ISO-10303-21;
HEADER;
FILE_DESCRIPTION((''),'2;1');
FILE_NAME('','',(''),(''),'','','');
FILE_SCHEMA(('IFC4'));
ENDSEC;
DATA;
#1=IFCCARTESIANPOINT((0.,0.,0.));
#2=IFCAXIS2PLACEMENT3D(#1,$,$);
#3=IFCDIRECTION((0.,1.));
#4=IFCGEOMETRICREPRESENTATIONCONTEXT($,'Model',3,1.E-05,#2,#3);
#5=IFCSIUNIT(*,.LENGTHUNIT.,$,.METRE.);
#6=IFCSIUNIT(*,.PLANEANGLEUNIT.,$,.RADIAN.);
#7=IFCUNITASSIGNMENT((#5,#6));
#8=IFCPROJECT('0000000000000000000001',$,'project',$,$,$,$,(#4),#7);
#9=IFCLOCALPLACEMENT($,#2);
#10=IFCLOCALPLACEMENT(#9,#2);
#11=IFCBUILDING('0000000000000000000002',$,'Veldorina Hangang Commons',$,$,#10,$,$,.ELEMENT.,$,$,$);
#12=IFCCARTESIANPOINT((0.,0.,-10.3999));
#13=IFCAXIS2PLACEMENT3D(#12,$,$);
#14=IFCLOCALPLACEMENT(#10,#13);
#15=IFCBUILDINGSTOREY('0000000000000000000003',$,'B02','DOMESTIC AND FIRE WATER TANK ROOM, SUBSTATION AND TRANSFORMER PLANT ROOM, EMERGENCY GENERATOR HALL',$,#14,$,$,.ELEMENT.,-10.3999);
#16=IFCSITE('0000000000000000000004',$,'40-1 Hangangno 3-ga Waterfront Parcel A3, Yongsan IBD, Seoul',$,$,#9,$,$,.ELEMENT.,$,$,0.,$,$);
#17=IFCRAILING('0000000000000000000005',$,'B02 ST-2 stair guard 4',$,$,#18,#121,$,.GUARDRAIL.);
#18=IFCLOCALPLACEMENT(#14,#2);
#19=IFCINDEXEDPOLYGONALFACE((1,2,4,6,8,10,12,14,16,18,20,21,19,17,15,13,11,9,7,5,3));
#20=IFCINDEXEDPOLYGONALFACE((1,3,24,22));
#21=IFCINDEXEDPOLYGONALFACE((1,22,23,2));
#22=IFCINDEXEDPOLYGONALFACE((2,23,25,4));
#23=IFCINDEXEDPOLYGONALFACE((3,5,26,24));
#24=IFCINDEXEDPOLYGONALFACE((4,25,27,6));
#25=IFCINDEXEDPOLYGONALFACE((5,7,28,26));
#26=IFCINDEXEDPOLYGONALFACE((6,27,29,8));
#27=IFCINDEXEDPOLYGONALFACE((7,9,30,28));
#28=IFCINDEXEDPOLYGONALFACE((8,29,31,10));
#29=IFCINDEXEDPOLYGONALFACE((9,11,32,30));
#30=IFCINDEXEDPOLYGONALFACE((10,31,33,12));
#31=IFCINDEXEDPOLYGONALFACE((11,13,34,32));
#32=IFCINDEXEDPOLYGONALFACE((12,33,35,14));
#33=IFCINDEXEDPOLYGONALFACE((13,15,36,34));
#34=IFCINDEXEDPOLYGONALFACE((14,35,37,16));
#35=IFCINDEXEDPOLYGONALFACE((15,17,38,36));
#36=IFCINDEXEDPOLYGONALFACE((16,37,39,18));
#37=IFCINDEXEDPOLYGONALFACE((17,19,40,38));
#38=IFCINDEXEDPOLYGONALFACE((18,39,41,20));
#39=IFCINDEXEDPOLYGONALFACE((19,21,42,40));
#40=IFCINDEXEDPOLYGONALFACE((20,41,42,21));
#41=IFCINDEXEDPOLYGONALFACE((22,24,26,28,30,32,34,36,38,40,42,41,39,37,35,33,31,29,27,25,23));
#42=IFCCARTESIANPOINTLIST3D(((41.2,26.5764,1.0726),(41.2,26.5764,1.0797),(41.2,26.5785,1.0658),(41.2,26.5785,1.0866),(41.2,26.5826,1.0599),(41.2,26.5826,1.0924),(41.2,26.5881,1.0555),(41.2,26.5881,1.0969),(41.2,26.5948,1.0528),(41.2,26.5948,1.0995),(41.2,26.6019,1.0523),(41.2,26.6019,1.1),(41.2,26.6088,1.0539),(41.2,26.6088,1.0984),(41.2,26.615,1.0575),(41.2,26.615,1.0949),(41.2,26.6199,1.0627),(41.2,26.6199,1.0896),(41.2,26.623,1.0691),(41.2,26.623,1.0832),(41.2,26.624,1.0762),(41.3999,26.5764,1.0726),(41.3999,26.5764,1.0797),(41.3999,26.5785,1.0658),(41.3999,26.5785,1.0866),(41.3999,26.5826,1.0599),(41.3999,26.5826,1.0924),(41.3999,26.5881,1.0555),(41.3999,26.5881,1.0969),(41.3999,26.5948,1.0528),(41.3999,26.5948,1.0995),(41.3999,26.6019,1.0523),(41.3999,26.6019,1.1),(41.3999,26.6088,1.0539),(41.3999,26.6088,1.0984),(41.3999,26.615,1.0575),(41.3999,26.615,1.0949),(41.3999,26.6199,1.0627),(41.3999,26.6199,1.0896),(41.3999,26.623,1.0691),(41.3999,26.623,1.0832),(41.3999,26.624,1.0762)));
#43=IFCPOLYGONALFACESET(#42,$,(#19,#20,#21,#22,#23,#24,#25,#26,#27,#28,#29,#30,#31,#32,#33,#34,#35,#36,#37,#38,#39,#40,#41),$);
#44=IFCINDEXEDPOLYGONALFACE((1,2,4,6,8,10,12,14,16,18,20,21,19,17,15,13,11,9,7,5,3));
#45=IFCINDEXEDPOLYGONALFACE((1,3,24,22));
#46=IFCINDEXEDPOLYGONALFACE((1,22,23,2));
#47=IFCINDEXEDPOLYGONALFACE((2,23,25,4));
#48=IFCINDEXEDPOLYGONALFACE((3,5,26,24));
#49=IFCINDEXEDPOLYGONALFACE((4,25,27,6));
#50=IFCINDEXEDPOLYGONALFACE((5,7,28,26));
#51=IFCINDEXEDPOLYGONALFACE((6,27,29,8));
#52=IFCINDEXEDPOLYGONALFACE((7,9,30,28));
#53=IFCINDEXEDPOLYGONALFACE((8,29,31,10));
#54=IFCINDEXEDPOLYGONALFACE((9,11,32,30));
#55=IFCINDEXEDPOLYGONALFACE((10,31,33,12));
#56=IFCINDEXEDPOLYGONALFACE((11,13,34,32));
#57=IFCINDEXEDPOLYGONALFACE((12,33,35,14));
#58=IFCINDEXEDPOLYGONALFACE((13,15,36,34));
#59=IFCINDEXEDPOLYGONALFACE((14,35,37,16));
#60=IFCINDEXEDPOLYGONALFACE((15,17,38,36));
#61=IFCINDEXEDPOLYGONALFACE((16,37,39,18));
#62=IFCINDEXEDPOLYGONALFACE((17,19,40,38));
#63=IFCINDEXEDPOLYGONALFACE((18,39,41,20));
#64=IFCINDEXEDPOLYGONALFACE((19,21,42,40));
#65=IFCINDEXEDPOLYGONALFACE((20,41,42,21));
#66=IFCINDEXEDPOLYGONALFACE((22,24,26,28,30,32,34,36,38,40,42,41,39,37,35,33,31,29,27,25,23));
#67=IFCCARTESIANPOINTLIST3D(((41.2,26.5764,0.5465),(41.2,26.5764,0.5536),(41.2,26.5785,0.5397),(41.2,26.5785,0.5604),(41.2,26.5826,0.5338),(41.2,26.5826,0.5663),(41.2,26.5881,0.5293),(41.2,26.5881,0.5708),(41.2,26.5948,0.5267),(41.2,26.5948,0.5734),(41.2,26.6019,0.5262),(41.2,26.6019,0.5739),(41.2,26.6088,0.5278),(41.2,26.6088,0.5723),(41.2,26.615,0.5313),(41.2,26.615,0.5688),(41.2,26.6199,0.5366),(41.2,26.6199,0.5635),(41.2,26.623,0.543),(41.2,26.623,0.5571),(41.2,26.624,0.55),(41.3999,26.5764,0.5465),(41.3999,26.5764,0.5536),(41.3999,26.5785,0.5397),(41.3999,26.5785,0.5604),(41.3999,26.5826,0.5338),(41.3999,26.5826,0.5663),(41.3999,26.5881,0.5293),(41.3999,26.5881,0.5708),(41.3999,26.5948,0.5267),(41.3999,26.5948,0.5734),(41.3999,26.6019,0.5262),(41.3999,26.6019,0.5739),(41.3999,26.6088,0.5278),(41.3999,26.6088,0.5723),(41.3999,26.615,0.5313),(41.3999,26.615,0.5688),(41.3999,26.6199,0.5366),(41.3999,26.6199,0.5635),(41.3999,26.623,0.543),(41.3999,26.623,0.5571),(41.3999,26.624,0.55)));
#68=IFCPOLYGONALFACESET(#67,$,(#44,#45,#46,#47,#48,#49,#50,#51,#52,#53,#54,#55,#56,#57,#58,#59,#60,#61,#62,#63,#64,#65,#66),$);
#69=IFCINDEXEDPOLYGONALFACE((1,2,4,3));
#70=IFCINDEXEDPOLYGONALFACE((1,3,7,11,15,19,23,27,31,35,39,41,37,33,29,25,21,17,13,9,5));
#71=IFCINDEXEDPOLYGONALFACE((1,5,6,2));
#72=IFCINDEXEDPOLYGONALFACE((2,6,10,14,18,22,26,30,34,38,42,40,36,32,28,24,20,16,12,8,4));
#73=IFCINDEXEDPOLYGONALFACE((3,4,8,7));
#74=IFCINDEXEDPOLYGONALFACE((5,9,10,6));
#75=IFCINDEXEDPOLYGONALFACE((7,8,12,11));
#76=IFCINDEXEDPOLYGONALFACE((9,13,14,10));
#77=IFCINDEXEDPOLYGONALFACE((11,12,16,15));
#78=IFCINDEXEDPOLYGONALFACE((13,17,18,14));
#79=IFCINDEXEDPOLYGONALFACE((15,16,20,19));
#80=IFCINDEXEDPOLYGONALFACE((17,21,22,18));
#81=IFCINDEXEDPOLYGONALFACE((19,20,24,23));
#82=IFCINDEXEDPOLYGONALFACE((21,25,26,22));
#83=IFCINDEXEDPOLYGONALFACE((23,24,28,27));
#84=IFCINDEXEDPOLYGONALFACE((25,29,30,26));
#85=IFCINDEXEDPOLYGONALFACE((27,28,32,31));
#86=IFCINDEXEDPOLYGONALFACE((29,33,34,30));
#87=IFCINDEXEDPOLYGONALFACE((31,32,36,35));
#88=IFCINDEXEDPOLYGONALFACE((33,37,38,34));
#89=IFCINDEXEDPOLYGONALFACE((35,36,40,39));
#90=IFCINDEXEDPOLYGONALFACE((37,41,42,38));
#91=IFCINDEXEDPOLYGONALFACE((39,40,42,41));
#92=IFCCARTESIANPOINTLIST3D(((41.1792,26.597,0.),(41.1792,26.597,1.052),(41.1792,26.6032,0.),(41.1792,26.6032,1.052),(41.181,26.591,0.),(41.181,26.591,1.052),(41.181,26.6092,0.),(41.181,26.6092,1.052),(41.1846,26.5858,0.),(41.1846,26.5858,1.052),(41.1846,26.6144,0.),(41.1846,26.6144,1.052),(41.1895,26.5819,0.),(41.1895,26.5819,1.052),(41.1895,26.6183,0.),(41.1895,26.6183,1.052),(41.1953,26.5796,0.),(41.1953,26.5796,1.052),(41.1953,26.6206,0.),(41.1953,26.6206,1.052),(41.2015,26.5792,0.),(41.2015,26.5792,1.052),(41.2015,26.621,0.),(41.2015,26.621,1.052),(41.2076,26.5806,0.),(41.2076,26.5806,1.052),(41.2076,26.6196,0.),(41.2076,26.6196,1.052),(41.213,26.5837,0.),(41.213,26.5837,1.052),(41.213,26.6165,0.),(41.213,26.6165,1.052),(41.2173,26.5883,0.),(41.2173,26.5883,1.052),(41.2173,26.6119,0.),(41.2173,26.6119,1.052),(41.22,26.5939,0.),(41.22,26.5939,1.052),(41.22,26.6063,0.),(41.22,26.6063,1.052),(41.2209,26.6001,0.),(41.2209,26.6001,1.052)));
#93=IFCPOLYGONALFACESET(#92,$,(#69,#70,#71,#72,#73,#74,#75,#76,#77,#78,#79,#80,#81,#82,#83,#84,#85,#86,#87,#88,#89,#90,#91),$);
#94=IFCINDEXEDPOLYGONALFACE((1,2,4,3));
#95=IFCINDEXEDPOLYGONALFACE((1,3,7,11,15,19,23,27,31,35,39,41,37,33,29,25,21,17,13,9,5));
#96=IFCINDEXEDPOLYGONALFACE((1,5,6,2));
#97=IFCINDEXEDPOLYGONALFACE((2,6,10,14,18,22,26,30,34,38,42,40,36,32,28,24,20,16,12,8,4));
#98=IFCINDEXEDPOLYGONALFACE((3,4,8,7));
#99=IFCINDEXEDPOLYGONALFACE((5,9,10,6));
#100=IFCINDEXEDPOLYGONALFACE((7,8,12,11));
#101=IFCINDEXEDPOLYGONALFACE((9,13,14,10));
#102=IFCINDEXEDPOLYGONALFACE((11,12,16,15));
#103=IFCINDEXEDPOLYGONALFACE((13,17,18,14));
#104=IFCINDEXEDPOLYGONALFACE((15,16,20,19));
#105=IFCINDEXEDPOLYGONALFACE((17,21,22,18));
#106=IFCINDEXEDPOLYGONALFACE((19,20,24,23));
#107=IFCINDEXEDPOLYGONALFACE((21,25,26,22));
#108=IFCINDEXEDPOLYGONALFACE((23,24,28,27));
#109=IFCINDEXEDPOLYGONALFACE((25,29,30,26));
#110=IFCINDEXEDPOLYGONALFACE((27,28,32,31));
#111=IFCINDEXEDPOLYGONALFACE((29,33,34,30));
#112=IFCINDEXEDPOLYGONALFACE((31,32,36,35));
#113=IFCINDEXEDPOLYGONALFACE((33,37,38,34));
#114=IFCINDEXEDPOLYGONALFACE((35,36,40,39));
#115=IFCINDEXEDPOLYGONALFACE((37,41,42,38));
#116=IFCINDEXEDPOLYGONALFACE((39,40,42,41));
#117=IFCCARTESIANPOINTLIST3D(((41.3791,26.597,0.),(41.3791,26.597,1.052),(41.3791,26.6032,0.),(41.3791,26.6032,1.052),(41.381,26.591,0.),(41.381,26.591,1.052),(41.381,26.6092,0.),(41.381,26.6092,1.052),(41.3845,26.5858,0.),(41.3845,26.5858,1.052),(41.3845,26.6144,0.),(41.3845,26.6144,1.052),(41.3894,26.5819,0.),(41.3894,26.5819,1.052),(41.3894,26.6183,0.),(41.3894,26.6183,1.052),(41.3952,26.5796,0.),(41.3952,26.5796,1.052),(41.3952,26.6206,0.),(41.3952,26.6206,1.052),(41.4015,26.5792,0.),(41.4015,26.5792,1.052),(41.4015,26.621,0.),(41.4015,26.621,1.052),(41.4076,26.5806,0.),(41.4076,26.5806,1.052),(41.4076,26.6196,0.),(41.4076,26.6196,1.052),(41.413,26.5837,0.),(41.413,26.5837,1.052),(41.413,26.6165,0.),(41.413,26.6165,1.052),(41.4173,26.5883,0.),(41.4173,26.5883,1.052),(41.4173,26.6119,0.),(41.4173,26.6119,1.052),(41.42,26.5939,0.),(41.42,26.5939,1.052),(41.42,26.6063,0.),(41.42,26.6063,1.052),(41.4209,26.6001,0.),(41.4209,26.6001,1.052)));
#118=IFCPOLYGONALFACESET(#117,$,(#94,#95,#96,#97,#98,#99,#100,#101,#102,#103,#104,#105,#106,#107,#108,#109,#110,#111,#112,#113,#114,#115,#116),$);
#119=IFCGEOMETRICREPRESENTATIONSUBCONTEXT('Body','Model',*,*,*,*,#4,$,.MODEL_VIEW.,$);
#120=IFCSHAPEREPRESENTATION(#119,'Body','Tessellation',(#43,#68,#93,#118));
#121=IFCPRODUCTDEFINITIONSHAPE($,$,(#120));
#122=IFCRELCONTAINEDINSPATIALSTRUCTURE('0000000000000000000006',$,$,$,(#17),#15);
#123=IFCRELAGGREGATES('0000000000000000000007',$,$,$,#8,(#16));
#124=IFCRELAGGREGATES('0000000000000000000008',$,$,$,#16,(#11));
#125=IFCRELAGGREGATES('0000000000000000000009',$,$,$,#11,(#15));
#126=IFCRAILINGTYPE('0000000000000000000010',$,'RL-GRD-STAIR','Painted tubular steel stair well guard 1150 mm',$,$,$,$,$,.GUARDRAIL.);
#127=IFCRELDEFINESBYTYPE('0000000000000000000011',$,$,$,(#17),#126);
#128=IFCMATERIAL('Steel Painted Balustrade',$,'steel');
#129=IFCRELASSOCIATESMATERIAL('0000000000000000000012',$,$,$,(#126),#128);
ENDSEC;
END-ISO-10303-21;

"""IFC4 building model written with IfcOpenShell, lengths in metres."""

from ifc_helpers import new_model, si_unit, direction, frame, origin, origin_2d, place, context, subcontext, project, spatial, circle, extrude, material, type_object, element, save


model = new_model("IFC4")

# Units and contexts
model_context = context("Model", 3, precision=1e-05, world=origin(), true_north=direction((0.0, 1.0)))
body_context = subcontext(model_context, "Body", "Model", "MODEL_VIEW")
ifc_project = project(units=[si_unit("LENGTHUNIT", "METRE"), si_unit("PLANEANGLEUNIT", "RADIAN")], contexts=[model_context])

# Site, building, storey
site_placement = place(None, origin())
site = spatial("IfcSite", under=ifc_project, at=site_placement, Name="40-1 Hangangno 3-ga Waterfront Parcel A3, Yongsan IBD, Seoul", CompositionType="ELEMENT", RefElevation=0.0)
building_placement = place(site_placement, origin())
building = spatial("IfcBuilding", under=site, at=building_placement, Name="Veldorina Hangang Commons", CompositionType="ELEMENT")
storey_placement = place(building_placement, frame((0.0, 0.0, -10.3999)))
storey = spatial("IfcBuildingStorey", under=building, at=storey_placement, Name="B02", Description="DOMESTIC AND FIRE WATER TANK ROOM, SUBSTATION AND TRANSFORMER PLANT ROOM, EMERGENCY GENERATOR HALL", CompositionType="ELEMENT", Elevation=-10.3999)

# Railing
ifc_material_1 = material(Name="Steel Painted Balustrade", Category="steel")
railing_type_1 = type_object("IfcRailingType", Name="RL-GRD-STAIR", Description="Painted tubular steel stair well guard 1150 mm", PredefinedType="GUARDRAIL", material=ifc_material_1)
railing_1_placement = place(storey_placement, frame((41.2, 26.6001, 0.0)))
element("IfcRailing", 1, at=railing_1_placement, inside=storey, type_object=railing_type_1, Name="B02 ST-2 stair guard 4", PredefinedType="GUARDRAIL", context=body_context, shape_type="SweptSolid", body=[
    extrude(circle(Radius=0.0239, at=origin_2d()), frame((0.0, 0.0, 1.0762), z_axis=(1.0, 0.0, 0.0), x_axis=(0.0, 1.0, 0.0)), (0.0, 0.0, 1.0), 0.2),
    extrude(circle(Radius=0.0239, at=origin_2d()), frame((0.0, 0.0, 0.55), z_axis=(1.0, 0.0, 0.0), x_axis=(0.0, 1.0, 0.0)), (0.0, 0.0, 1.0), 0.2),
    extrude(circle(Radius=0.021, at=origin_2d()), origin(), (0.0, 0.0, 1.0), 1.052),
    extrude(circle(Radius=0.021, at=origin_2d()), frame((0.2, 0.0, 0.0)), (0.0, 0.0, 1.0), 1.052),
])

save(model, "model.ifc")
